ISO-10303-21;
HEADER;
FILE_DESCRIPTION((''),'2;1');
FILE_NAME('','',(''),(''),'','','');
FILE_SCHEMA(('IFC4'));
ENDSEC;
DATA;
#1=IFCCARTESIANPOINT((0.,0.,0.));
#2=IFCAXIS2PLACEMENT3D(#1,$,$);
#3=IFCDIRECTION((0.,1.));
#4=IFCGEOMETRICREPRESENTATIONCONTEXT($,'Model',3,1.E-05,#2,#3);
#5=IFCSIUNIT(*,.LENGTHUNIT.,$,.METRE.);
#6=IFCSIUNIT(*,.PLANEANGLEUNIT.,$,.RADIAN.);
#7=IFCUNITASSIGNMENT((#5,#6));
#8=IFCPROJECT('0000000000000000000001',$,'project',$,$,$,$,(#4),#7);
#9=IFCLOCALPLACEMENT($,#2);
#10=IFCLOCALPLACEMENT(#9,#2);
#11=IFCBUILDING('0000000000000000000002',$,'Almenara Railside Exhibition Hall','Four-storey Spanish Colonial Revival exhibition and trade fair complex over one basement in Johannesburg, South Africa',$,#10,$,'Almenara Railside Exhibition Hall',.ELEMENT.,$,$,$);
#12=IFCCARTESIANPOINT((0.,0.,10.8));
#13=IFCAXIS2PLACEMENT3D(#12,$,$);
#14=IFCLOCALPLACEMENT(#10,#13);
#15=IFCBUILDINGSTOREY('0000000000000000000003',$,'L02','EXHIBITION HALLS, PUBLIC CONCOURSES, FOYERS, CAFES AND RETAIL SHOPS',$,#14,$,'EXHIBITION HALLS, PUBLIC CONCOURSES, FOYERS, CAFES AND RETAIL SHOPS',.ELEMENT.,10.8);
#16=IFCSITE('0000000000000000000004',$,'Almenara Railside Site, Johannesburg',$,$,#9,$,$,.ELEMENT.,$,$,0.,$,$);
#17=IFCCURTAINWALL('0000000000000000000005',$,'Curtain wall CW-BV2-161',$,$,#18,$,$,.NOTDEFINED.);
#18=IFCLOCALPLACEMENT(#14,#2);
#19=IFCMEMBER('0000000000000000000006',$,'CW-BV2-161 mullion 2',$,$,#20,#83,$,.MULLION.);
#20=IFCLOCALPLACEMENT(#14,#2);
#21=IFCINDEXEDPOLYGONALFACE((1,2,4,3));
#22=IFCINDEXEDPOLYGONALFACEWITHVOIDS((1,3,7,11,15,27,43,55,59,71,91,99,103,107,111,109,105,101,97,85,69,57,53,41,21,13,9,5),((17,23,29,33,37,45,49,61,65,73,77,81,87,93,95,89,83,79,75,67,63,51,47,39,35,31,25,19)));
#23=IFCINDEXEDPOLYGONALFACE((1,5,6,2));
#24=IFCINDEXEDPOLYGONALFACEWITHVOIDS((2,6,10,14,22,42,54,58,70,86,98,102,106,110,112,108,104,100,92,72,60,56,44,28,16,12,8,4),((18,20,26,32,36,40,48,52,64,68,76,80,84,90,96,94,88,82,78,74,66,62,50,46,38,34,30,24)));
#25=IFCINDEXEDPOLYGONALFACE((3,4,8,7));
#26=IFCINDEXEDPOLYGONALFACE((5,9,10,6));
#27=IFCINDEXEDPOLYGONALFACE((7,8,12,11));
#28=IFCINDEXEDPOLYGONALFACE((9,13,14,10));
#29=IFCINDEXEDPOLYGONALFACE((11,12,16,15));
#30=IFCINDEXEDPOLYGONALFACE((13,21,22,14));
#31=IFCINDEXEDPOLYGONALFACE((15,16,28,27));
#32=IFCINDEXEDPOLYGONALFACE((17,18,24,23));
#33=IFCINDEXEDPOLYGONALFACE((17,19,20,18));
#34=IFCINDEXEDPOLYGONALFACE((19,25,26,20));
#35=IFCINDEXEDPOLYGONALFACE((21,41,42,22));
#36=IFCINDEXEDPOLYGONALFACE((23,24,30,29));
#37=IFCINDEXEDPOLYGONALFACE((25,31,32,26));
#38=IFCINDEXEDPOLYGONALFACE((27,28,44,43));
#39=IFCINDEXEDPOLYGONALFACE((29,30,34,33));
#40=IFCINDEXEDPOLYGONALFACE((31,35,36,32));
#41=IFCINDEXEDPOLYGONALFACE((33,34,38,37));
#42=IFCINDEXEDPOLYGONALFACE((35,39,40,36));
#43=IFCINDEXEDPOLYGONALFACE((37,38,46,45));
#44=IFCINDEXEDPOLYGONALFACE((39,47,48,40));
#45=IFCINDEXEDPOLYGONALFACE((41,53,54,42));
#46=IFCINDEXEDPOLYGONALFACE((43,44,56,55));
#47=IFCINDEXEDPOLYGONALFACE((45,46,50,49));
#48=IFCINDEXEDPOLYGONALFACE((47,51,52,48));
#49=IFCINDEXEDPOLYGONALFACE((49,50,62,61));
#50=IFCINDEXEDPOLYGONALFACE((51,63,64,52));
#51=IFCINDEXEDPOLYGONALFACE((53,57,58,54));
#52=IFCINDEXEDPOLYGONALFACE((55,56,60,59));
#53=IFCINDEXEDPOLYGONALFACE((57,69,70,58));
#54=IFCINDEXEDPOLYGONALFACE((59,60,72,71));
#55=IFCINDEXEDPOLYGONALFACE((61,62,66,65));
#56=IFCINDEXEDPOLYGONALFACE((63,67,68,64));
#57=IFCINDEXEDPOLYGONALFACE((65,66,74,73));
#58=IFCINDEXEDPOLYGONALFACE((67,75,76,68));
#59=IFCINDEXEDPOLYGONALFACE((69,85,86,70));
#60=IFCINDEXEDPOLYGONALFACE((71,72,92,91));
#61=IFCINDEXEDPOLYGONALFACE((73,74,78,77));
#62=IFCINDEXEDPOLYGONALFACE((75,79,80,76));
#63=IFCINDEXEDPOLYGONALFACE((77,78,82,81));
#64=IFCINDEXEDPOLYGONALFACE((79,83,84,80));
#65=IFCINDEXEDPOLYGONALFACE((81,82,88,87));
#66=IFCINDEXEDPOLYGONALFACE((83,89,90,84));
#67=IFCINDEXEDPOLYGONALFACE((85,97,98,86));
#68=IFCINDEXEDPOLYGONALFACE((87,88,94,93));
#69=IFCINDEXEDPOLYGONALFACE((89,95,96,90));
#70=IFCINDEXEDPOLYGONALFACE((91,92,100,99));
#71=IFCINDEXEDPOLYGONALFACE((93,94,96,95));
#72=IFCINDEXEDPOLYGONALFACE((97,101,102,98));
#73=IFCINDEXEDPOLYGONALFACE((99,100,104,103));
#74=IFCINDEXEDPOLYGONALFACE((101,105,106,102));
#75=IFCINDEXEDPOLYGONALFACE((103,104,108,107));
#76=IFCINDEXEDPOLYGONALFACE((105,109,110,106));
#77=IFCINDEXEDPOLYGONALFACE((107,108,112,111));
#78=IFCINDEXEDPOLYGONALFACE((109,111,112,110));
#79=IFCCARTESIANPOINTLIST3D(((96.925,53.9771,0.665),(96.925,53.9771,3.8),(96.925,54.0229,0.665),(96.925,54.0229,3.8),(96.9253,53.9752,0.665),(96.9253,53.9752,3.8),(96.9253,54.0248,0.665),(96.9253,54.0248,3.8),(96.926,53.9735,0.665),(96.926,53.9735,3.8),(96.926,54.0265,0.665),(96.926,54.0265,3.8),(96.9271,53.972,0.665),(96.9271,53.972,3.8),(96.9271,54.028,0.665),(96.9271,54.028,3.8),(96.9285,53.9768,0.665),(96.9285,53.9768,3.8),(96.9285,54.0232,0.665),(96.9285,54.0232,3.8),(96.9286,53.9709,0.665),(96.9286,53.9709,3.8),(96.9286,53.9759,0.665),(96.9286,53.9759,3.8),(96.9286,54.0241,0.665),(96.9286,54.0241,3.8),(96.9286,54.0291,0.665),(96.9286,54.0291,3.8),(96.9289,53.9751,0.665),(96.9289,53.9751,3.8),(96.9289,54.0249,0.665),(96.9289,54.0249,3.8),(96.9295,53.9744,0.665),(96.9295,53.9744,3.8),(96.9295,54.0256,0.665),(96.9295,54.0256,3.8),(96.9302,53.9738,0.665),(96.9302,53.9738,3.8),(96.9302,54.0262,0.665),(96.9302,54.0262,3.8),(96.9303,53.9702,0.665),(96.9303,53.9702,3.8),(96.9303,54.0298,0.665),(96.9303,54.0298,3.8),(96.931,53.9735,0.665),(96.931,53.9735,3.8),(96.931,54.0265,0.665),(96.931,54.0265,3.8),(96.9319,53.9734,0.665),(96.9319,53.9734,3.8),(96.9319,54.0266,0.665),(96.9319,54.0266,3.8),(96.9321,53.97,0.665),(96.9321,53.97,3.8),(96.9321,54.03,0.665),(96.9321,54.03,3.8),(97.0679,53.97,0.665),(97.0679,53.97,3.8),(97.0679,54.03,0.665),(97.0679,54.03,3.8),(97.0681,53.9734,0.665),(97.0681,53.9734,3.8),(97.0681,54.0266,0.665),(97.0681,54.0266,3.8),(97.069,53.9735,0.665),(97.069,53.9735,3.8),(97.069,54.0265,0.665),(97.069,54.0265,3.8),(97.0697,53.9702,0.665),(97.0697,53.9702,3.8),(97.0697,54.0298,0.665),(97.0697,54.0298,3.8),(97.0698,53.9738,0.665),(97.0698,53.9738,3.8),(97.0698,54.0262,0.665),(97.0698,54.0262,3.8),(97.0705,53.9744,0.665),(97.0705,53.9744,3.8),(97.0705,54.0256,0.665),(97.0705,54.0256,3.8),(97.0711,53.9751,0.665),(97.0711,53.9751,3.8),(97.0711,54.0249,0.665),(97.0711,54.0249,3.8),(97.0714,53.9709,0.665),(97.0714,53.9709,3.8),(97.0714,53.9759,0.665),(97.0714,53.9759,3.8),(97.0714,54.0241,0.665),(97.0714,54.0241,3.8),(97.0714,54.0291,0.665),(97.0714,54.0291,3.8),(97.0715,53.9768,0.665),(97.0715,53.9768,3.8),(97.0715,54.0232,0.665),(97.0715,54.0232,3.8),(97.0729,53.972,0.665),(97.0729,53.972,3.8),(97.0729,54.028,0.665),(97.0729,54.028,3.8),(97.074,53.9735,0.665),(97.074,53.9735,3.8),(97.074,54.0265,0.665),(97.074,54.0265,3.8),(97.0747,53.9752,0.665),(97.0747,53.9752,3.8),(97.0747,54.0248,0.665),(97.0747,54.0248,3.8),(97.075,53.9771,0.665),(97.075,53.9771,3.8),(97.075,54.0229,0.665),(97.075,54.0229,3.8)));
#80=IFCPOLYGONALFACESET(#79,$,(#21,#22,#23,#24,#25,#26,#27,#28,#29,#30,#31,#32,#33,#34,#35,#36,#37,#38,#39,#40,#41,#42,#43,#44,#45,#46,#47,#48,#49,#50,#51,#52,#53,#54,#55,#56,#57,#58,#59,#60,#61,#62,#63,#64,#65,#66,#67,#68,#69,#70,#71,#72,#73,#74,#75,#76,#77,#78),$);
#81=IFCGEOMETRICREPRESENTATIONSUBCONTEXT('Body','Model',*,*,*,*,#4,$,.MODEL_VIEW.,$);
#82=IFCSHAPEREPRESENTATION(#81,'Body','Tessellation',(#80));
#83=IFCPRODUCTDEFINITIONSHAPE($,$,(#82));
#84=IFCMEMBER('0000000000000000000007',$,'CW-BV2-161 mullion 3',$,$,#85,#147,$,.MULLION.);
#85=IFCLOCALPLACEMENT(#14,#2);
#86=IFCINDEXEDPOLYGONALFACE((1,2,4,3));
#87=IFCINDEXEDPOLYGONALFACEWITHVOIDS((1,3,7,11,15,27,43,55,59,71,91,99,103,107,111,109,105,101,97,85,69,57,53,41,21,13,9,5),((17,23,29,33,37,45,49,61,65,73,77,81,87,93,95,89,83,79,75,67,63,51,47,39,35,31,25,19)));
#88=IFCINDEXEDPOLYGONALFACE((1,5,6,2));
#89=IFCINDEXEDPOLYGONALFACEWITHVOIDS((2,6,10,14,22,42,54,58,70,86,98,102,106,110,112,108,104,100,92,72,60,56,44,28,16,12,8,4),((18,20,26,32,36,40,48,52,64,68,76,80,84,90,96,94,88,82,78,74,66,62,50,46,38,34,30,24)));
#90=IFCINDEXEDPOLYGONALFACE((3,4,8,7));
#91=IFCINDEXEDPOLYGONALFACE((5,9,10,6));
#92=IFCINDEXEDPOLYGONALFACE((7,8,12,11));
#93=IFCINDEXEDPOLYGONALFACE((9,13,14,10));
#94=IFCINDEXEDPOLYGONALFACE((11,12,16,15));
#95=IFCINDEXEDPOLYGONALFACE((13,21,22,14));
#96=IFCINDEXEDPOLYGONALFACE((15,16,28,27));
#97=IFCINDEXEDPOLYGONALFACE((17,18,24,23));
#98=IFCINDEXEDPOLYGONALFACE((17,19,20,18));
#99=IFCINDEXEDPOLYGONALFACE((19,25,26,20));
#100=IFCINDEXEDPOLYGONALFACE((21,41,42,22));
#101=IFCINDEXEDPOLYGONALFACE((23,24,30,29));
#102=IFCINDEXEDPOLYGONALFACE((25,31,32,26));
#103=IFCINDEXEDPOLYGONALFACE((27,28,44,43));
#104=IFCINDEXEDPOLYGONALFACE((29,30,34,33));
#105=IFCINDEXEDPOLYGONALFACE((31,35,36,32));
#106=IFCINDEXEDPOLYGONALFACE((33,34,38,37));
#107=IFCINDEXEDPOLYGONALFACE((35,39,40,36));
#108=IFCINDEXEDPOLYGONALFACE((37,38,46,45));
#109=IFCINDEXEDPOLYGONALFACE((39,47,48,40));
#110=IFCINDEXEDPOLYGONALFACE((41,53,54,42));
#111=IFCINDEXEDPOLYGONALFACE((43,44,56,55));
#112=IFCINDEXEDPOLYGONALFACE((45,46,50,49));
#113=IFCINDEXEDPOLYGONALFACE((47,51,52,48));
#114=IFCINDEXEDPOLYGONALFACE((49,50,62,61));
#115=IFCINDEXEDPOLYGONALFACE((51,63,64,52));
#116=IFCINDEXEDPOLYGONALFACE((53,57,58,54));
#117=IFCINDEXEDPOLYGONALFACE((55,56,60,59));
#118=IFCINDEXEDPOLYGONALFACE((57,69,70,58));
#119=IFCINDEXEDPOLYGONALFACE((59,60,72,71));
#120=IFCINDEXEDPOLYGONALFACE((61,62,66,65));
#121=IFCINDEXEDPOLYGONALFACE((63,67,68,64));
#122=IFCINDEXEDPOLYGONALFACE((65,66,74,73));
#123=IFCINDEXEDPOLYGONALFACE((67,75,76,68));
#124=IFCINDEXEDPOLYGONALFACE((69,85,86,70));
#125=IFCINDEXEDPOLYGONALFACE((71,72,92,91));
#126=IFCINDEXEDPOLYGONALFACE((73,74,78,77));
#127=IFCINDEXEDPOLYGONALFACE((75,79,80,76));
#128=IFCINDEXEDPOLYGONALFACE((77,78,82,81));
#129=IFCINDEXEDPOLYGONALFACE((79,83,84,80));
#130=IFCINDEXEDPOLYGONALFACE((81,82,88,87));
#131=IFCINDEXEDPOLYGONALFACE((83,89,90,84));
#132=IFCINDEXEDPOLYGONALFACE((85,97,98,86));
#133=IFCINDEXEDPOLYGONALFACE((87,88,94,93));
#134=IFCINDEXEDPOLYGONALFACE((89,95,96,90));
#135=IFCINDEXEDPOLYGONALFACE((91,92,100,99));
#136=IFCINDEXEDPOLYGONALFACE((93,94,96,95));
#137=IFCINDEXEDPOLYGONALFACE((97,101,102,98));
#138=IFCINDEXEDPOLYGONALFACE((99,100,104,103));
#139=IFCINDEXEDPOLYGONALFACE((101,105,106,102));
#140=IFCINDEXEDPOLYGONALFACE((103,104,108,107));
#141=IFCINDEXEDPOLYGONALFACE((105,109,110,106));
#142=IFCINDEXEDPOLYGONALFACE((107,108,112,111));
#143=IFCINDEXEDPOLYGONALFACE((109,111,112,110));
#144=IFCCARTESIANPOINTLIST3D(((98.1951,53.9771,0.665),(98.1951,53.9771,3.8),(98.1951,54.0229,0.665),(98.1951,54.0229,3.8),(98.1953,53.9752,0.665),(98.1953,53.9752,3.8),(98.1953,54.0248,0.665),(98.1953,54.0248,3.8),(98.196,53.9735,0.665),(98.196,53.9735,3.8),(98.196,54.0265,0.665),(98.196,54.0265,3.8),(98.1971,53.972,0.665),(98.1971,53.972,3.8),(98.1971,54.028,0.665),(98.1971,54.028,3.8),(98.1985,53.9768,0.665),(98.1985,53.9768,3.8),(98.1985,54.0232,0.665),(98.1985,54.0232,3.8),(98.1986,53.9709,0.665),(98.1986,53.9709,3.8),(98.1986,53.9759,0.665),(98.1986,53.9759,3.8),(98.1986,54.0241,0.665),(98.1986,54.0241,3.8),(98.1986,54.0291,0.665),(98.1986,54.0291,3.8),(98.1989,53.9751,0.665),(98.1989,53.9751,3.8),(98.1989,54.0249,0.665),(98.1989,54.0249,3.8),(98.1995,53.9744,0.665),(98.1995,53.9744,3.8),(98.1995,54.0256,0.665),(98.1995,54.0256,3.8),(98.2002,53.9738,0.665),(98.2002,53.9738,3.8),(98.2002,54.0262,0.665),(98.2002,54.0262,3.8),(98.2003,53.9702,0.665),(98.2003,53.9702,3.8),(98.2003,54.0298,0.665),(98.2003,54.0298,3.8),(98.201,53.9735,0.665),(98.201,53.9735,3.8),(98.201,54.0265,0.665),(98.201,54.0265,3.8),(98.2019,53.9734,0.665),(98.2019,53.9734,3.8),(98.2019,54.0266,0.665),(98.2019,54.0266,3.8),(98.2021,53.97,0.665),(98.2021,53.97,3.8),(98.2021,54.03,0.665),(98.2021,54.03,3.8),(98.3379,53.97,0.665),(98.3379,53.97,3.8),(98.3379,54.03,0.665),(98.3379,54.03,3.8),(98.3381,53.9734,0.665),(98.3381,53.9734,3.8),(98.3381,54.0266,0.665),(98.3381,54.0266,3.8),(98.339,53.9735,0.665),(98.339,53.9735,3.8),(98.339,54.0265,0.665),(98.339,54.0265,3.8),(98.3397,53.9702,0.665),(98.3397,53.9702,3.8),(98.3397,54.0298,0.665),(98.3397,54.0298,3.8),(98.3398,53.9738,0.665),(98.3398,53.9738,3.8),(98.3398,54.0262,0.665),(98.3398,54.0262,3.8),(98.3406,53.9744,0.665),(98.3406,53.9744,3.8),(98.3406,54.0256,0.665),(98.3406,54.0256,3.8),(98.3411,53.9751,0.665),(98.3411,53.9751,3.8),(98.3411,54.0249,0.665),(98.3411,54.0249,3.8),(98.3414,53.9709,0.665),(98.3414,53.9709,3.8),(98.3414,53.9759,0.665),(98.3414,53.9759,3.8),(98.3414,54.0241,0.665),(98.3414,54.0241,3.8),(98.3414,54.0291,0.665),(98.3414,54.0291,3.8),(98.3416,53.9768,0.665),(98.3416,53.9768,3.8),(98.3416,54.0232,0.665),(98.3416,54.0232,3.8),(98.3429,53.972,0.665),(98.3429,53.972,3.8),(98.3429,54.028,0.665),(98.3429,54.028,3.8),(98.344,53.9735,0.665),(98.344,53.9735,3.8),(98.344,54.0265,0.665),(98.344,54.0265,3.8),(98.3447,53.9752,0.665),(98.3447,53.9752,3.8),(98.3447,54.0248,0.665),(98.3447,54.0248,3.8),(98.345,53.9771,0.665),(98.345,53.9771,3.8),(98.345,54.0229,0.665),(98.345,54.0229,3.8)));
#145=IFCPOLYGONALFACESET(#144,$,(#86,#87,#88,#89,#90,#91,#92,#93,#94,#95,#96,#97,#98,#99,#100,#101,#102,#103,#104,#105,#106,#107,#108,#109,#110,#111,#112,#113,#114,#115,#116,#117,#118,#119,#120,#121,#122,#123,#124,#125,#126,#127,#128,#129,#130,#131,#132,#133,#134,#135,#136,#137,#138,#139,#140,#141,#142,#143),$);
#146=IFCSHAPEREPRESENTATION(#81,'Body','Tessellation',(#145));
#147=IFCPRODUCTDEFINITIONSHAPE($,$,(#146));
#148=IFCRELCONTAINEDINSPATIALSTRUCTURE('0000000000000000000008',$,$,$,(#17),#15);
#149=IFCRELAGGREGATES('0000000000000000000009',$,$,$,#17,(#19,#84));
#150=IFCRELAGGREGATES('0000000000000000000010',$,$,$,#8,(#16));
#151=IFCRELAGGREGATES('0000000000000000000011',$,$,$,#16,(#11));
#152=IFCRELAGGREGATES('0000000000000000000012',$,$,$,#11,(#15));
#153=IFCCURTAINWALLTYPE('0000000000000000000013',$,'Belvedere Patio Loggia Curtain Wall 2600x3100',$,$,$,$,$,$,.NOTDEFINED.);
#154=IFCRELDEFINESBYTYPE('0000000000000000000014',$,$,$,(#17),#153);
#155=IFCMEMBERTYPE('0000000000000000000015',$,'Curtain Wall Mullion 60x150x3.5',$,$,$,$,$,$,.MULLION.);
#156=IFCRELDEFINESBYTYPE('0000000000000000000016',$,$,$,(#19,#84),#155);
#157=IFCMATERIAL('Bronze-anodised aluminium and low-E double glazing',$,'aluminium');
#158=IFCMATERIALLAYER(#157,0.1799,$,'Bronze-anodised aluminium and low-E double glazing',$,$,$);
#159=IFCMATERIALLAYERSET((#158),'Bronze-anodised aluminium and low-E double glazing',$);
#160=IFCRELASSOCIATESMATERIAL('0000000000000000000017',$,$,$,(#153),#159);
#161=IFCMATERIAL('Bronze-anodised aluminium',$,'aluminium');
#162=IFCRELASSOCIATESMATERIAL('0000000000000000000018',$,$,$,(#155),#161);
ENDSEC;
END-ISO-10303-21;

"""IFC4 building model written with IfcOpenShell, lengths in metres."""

from ifc_helpers import new_model, si_unit, direction, frame, origin, origin_2d, place, context, subcontext, project, spatial, hollow_rectangle, extrude, material, layer, layer_set, material_profile, profile_set, type_object, element, aggregate, save


model = new_model("IFC4")

# Units and contexts
model_context = context("Model", 3, precision=1e-05, world=origin(), true_north=direction((0.0, 1.0)))
body_context = subcontext(model_context, "Body", "Model", "MODEL_VIEW")
ifc_project = project(units=[si_unit("LENGTHUNIT", "METRE"), si_unit("PLANEANGLEUNIT", "RADIAN")], contexts=[model_context])

# Site, building, storey
site_placement = place(None, origin())
site = spatial("IfcSite", under=ifc_project, at=site_placement, Name="Almenara Railside Site, Johannesburg", CompositionType="ELEMENT", RefElevation=0.0)
building_placement = place(site_placement, origin())
building = spatial("IfcBuilding", under=site, at=building_placement, Name="Almenara Railside Exhibition Hall", Description="Four-storey Spanish Colonial Revival exhibition and trade fair complex over one basement in Johannesburg, South Africa", LongName="Almenara Railside Exhibition Hall", CompositionType="ELEMENT")
storey_placement = place(building_placement, frame((0.0, 0.0, 10.8)))
storey = spatial("IfcBuildingStorey", under=building, at=storey_placement, Name="L02", Description="EXHIBITION HALLS, PUBLIC CONCOURSES, FOYERS, CAFES AND RETAIL SHOPS", LongName="EXHIBITION HALLS, PUBLIC CONCOURSES, FOYERS, CAFES AND RETAIL SHOPS", CompositionType="ELEMENT", Elevation=10.8)

# Shared definitions
ifc_material_1 = material(Name="Bronze-anodised aluminium and low-E double glazing", Category="aluminium")
ifc_layer_1 = layer(ifc_material_1, 0.1799, Name="Bronze-anodised aluminium and low-E double glazing")
ifc_layer_set_1 = layer_set([ifc_layer_1], Name="Bronze-anodised aluminium and low-E double glazing")
curtain_wall_type = type_object("IfcCurtainWallType", Name="Belvedere Patio Loggia Curtain Wall 2600x3100", PredefinedType="NOTDEFINED", material=ifc_layer_set_1)
ifc_material_2 = material(Name="Bronze-anodised aluminium", Category="aluminium")

# Curtain wall, members
curtain_wall_1_placement = place(storey_placement, origin())
curtain_wall_1 = element("IfcCurtainWall", 1, at=curtain_wall_1_placement, inside=storey, type_object=curtain_wall_type, Name="Curtain wall CW-BV2-161", PredefinedType="NOTDEFINED")
ifc_material_profile_1 = material_profile(ifc_material_2, hollow_rectangle(XDim=0.0601, YDim=0.1499, WallThickness=0.0034, InnerFilletRadius=0.0034, OuterFilletRadius=0.0071, at=origin_2d()), Name="ALU-MUL 60x150x3.5")
ifc_profile_set_1 = profile_set([ifc_material_profile_1], Name="Bronze-anodised aluminium")
member_type_1 = type_object("IfcMemberType", Name="Curtain Wall Mullion 60x150x3.5", PredefinedType="MULLION", material=ifc_profile_set_1)
member_1_placement = place(storey_placement, frame((97.0, 54.0, 0.665), z_axis=(0.0, 0.0, 1.0), x_axis=(0.0, 1.0, 0.0)))
member_1 = element("IfcMember", 2, at=member_1_placement, type_object=member_type_1, Name="CW-BV2-161 mullion 2", PredefinedType="MULLION", context=body_context, shape_type="SweptSolid", body=[
    extrude(hollow_rectangle(XDim=0.0601, YDim=0.1499, WallThickness=0.0034, InnerFilletRadius=0.0034, OuterFilletRadius=0.0071, at=origin_2d()), origin(), (0.0, 0.0, 1.0), 3.135),
])
member_2_placement = place(storey_placement, frame((98.27, 54.0, 0.665), z_axis=(0.0, 0.0, 1.0), x_axis=(0.0, 1.0, 0.0)))
member_2 = element("IfcMember", 3, at=member_2_placement, type_object=member_type_1, Name="CW-BV2-161 mullion 3", PredefinedType="MULLION", context=body_context, shape_type="SweptSolid", body=[
    extrude(hollow_rectangle(XDim=0.0601, YDim=0.1499, WallThickness=0.0034, InnerFilletRadius=0.0034, OuterFilletRadius=0.0071, at=origin_2d()), origin(), (0.0, 0.0, 1.0), 3.135),
])

aggregate(curtain_wall_1, [member_1, member_2])

save(model, "model.ifc")
